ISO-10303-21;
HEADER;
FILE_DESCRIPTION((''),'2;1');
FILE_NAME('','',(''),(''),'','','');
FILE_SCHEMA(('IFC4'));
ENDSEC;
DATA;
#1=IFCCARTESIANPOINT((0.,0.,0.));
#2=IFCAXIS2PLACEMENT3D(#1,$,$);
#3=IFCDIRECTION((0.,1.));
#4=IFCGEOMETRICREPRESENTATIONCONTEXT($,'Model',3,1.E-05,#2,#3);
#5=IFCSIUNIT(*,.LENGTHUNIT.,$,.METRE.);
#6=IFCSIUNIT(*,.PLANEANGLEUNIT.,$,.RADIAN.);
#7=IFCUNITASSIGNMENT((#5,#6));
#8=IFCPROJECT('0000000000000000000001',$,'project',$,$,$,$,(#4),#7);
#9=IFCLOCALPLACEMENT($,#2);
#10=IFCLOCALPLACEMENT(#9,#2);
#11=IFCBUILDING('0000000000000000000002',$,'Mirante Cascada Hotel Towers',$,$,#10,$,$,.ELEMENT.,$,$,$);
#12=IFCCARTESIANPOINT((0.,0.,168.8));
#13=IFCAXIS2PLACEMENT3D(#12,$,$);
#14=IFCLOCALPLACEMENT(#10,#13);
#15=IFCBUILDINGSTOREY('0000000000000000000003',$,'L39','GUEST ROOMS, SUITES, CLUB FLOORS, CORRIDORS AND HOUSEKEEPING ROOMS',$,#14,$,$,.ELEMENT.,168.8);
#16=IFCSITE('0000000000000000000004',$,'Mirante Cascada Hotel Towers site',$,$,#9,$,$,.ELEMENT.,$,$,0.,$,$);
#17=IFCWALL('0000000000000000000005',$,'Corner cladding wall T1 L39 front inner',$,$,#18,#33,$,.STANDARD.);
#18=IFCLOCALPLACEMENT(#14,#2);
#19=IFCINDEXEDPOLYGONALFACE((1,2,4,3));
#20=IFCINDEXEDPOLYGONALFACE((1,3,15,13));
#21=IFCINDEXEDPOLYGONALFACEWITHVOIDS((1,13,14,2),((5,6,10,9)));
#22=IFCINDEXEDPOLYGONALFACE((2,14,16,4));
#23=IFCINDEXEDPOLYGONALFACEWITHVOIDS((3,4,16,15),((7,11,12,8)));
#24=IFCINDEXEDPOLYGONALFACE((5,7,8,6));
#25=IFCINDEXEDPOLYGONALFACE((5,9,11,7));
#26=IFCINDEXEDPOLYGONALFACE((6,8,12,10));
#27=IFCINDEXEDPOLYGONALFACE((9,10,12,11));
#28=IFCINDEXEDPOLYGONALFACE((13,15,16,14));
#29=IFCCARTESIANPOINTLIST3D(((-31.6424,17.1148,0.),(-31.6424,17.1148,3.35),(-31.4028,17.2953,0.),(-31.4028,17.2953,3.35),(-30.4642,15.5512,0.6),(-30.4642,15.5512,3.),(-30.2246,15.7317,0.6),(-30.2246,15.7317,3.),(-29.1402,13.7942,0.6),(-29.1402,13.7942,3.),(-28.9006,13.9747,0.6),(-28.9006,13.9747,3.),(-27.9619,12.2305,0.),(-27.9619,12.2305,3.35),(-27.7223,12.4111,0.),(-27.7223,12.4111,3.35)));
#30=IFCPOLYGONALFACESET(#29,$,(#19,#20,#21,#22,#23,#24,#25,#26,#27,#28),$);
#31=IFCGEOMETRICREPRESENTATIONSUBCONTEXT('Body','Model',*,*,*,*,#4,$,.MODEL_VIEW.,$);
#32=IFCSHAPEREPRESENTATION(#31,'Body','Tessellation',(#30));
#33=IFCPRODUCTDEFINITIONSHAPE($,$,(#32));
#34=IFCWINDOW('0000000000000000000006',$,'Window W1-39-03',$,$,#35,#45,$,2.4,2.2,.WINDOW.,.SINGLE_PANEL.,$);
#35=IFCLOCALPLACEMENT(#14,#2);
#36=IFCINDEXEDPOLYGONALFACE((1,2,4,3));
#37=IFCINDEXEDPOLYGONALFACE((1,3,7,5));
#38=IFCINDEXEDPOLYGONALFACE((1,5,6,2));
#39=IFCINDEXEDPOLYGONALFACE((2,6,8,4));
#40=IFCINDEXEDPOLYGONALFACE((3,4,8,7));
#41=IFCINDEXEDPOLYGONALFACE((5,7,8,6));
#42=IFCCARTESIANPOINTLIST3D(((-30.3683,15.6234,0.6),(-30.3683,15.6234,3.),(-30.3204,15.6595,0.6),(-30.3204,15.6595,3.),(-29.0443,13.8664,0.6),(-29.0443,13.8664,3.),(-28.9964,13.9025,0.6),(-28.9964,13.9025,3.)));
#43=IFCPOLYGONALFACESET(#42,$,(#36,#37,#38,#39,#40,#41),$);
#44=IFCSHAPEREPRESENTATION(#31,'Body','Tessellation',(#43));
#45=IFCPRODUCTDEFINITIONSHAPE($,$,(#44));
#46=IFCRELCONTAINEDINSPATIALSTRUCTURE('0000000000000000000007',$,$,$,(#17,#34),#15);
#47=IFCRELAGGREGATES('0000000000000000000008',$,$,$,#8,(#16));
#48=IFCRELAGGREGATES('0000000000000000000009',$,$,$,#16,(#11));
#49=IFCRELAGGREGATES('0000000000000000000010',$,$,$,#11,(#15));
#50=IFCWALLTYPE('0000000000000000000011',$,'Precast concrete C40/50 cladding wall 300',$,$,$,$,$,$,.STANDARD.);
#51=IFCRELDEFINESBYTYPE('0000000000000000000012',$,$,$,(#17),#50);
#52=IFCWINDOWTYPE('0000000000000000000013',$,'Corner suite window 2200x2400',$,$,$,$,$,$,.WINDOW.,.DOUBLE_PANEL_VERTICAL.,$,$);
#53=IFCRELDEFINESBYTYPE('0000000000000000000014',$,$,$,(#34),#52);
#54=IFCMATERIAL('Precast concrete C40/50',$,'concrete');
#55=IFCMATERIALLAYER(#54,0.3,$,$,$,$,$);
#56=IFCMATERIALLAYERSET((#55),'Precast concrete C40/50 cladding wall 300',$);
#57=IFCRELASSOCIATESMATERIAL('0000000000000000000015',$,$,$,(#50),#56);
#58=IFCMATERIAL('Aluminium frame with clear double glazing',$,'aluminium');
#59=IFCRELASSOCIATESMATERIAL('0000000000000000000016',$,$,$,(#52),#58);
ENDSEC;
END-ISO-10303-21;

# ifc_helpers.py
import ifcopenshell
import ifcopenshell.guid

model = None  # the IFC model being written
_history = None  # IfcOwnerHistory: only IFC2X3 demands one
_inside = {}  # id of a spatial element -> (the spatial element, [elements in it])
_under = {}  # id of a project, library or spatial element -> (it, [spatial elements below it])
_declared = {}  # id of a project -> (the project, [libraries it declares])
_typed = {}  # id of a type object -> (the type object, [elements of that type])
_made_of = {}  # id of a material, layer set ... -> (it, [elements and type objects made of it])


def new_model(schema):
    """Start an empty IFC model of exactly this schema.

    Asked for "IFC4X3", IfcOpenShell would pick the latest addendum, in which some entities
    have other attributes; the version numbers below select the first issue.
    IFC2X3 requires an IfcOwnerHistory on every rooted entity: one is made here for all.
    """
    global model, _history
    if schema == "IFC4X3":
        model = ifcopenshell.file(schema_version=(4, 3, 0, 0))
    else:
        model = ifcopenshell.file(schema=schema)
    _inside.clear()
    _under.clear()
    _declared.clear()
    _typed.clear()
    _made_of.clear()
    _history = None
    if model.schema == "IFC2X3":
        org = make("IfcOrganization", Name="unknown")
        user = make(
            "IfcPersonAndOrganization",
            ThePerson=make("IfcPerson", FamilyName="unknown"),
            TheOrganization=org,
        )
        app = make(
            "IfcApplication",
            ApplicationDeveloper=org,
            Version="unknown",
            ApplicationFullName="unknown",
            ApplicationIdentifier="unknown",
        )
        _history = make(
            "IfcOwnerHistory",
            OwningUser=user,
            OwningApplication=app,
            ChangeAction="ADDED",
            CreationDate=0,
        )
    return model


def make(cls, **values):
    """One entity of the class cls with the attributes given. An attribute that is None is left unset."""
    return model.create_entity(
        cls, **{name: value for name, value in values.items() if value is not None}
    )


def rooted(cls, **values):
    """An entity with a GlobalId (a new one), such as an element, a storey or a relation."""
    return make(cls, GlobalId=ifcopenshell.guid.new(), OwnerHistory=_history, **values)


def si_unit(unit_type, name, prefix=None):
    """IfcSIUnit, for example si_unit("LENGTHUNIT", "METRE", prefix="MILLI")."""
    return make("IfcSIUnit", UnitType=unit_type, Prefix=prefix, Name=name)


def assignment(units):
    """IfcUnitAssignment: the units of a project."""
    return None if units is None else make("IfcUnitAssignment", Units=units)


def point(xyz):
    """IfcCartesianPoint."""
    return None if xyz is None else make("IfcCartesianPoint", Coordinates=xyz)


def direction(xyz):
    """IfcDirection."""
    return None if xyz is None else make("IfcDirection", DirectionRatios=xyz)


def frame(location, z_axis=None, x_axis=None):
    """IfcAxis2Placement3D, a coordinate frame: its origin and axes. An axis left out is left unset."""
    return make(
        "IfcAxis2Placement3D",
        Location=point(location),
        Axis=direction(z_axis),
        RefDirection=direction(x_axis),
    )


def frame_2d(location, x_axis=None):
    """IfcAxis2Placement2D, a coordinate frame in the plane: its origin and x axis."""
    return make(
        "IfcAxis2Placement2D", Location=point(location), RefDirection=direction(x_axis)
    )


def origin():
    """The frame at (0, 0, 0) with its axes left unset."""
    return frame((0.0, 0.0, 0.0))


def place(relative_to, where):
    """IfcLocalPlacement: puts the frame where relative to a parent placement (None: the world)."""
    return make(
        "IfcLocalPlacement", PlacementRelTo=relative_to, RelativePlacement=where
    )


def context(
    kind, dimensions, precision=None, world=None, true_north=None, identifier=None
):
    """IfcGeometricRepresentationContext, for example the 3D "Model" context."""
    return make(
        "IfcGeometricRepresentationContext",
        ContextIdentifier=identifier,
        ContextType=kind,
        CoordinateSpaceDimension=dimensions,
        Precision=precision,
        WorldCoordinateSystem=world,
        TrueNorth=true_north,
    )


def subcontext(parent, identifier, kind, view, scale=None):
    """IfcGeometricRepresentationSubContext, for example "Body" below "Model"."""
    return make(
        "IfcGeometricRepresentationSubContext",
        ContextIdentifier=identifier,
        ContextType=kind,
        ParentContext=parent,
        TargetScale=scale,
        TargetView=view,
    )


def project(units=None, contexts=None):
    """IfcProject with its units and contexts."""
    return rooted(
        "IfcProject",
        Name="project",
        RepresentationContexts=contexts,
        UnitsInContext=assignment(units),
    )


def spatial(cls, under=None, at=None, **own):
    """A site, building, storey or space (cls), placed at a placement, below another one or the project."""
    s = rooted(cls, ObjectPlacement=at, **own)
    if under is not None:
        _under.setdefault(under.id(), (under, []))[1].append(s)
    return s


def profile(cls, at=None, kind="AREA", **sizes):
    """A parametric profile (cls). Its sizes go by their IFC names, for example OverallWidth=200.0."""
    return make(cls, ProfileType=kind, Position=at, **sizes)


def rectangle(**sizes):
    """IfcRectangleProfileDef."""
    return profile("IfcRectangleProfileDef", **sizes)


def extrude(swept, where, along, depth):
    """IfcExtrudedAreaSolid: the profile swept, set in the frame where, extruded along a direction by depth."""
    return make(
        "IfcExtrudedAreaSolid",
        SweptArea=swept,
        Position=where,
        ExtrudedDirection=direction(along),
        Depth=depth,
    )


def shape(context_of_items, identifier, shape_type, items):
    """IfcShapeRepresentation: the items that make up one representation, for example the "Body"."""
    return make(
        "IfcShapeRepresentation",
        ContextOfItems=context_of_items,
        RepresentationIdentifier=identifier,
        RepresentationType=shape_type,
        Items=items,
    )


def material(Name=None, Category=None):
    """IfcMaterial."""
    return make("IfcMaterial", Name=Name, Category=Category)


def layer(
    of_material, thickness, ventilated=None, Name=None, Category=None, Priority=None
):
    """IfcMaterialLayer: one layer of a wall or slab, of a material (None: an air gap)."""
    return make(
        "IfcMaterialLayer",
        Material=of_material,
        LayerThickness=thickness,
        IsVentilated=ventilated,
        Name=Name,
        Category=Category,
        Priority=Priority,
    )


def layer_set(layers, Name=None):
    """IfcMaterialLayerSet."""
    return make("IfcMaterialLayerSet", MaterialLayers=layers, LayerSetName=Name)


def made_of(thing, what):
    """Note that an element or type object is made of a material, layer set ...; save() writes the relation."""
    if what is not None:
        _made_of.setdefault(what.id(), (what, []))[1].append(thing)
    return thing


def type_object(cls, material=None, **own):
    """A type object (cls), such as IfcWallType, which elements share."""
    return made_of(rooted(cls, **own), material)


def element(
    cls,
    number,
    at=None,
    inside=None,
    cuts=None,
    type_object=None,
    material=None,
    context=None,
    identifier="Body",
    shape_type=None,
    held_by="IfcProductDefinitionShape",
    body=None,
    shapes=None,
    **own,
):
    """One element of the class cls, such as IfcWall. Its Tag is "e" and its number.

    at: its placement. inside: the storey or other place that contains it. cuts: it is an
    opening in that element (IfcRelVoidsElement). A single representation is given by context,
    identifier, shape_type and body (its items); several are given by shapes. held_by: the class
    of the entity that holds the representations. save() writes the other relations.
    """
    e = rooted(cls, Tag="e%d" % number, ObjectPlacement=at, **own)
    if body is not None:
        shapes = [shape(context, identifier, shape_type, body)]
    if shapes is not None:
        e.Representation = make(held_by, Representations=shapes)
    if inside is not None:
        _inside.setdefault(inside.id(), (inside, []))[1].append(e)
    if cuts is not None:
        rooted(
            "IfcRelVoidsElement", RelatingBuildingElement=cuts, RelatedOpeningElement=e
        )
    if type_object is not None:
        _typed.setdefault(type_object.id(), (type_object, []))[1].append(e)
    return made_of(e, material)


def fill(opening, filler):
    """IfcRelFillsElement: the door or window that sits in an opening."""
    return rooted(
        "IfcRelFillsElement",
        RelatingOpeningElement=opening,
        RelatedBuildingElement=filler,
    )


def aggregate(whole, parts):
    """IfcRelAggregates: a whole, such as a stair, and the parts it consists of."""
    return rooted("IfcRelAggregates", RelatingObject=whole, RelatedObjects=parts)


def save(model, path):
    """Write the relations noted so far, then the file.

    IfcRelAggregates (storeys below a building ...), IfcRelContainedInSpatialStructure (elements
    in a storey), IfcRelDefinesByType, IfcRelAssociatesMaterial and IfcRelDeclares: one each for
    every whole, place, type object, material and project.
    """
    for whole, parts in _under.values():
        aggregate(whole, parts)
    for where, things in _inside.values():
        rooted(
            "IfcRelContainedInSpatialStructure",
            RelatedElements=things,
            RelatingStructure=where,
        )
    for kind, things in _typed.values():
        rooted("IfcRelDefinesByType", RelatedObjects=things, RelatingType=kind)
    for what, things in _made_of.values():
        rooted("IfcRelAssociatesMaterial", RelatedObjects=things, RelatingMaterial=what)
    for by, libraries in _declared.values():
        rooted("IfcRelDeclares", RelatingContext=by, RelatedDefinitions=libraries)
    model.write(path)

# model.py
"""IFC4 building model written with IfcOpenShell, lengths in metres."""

from ifc_helpers import new_model, si_unit, direction, frame, frame_2d, origin, place, context, subcontext, project, spatial, rectangle, extrude, material, layer, layer_set, type_object, element, fill, save


model = new_model("IFC4")

# Units and contexts
model_context = context("Model", 3, precision=1e-05, world=origin(), true_north=direction((0.0, 1.0)))
body_context = subcontext(model_context, "Body", "Model", "MODEL_VIEW")
ifc_project = project(units=[si_unit("LENGTHUNIT", "METRE"), si_unit("PLANEANGLEUNIT", "RADIAN")], contexts=[model_context])

# Site, building, storey
site_placement = place(None, origin())
site = spatial("IfcSite", under=ifc_project, at=site_placement, Name="Mirante Cascada Hotel Towers site", CompositionType="ELEMENT", RefElevation=0.0)
building_placement = place(site_placement, origin())
building = spatial("IfcBuilding", under=site, at=building_placement, Name="Mirante Cascada Hotel Towers", CompositionType="ELEMENT")
storey_placement = place(building_placement, frame((0.0, 0.0, 168.8)))
storey = spatial("IfcBuildingStorey", under=building, at=storey_placement, Name="L39", Description="GUEST ROOMS, SUITES, CLUB FLOORS, CORRIDORS AND HOUSEKEEPING ROOMS", CompositionType="ELEMENT", Elevation=168.8)

# Wall, opening, window
ifc_material_1 = material(Name="Precast concrete C40/50", Category="concrete")
ifc_layer_1 = layer(ifc_material_1, 0.3)
ifc_layer_set_1 = layer_set([ifc_layer_1], Name="Precast concrete C40/50 cladding wall 300")
wall_type_1 = type_object("IfcWallType", Name="Precast concrete C40/50 cladding wall 300", PredefinedType="STANDARD", material=ifc_layer_set_1)
wall_1_placement = place(storey_placement, frame((-31.5226, 17.205, 0.0), z_axis=(0.0, 0.0, 1.0), x_axis=(0.601814, -0.798636, 0.0)))
wall_1 = element("IfcWall", 1, at=wall_1_placement, inside=storey, type_object=wall_type_1, Name="Corner cladding wall T1 L39 front inner", PredefinedType="STANDARD", context=body_context, shape_type="SweptSolid", body=[
    extrude(rectangle(XDim=6.1157, YDim=0.3, at=frame_2d((3.0578, 0.0))), origin(), (0.0, 0.0, 1.0), 3.35),
])
opening_1_placement = place(wall_1_placement, frame((1.9578, 0.0, 0.6)))
opening_1 = element("IfcOpeningElement", 2, at=opening_1_placement, cuts=wall_1, PredefinedType="OPENING", context=body_context, shape_type="SweptSolid", body=[
    extrude(rectangle(XDim=2.2, YDim=2.4, at=frame_2d((1.1, 1.2))), frame((0.0, 0.15, 0.0), z_axis=(0.0, -1.0, 0.0), x_axis=(1.0, 0.0, 0.0)), (0.0, 0.0, 1.0), 0.3),
])
ifc_material_2 = material(Name="Aluminium frame with clear double glazing", Category="aluminium")
window_type = type_object("IfcWindowType", Name="Corner suite window 2200x2400", PartitioningType="DOUBLE_PANEL_VERTICAL", PredefinedType="WINDOW", material=ifc_material_2)
window_placement = place(opening_1_placement, origin())
window = element("IfcWindow", 3, at=window_placement, inside=storey, type_object=window_type, Name="Window W1-39-03", OverallHeight=2.4, OverallWidth=2.2, PartitioningType="SINGLE_PANEL", PredefinedType="WINDOW", context=body_context, shape_type="SweptSolid", body=[
    extrude(rectangle(XDim=2.2, YDim=2.4, at=frame_2d((1.1, 1.2))), frame((0.0, 0.03, 0.0), z_axis=(0.0, -1.0, 0.0), x_axis=(1.0, 0.0, 0.0)), (0.0, 0.0, 1.0), 0.06),
])
fill(opening_1, window)

save(model, "model.ifc")
